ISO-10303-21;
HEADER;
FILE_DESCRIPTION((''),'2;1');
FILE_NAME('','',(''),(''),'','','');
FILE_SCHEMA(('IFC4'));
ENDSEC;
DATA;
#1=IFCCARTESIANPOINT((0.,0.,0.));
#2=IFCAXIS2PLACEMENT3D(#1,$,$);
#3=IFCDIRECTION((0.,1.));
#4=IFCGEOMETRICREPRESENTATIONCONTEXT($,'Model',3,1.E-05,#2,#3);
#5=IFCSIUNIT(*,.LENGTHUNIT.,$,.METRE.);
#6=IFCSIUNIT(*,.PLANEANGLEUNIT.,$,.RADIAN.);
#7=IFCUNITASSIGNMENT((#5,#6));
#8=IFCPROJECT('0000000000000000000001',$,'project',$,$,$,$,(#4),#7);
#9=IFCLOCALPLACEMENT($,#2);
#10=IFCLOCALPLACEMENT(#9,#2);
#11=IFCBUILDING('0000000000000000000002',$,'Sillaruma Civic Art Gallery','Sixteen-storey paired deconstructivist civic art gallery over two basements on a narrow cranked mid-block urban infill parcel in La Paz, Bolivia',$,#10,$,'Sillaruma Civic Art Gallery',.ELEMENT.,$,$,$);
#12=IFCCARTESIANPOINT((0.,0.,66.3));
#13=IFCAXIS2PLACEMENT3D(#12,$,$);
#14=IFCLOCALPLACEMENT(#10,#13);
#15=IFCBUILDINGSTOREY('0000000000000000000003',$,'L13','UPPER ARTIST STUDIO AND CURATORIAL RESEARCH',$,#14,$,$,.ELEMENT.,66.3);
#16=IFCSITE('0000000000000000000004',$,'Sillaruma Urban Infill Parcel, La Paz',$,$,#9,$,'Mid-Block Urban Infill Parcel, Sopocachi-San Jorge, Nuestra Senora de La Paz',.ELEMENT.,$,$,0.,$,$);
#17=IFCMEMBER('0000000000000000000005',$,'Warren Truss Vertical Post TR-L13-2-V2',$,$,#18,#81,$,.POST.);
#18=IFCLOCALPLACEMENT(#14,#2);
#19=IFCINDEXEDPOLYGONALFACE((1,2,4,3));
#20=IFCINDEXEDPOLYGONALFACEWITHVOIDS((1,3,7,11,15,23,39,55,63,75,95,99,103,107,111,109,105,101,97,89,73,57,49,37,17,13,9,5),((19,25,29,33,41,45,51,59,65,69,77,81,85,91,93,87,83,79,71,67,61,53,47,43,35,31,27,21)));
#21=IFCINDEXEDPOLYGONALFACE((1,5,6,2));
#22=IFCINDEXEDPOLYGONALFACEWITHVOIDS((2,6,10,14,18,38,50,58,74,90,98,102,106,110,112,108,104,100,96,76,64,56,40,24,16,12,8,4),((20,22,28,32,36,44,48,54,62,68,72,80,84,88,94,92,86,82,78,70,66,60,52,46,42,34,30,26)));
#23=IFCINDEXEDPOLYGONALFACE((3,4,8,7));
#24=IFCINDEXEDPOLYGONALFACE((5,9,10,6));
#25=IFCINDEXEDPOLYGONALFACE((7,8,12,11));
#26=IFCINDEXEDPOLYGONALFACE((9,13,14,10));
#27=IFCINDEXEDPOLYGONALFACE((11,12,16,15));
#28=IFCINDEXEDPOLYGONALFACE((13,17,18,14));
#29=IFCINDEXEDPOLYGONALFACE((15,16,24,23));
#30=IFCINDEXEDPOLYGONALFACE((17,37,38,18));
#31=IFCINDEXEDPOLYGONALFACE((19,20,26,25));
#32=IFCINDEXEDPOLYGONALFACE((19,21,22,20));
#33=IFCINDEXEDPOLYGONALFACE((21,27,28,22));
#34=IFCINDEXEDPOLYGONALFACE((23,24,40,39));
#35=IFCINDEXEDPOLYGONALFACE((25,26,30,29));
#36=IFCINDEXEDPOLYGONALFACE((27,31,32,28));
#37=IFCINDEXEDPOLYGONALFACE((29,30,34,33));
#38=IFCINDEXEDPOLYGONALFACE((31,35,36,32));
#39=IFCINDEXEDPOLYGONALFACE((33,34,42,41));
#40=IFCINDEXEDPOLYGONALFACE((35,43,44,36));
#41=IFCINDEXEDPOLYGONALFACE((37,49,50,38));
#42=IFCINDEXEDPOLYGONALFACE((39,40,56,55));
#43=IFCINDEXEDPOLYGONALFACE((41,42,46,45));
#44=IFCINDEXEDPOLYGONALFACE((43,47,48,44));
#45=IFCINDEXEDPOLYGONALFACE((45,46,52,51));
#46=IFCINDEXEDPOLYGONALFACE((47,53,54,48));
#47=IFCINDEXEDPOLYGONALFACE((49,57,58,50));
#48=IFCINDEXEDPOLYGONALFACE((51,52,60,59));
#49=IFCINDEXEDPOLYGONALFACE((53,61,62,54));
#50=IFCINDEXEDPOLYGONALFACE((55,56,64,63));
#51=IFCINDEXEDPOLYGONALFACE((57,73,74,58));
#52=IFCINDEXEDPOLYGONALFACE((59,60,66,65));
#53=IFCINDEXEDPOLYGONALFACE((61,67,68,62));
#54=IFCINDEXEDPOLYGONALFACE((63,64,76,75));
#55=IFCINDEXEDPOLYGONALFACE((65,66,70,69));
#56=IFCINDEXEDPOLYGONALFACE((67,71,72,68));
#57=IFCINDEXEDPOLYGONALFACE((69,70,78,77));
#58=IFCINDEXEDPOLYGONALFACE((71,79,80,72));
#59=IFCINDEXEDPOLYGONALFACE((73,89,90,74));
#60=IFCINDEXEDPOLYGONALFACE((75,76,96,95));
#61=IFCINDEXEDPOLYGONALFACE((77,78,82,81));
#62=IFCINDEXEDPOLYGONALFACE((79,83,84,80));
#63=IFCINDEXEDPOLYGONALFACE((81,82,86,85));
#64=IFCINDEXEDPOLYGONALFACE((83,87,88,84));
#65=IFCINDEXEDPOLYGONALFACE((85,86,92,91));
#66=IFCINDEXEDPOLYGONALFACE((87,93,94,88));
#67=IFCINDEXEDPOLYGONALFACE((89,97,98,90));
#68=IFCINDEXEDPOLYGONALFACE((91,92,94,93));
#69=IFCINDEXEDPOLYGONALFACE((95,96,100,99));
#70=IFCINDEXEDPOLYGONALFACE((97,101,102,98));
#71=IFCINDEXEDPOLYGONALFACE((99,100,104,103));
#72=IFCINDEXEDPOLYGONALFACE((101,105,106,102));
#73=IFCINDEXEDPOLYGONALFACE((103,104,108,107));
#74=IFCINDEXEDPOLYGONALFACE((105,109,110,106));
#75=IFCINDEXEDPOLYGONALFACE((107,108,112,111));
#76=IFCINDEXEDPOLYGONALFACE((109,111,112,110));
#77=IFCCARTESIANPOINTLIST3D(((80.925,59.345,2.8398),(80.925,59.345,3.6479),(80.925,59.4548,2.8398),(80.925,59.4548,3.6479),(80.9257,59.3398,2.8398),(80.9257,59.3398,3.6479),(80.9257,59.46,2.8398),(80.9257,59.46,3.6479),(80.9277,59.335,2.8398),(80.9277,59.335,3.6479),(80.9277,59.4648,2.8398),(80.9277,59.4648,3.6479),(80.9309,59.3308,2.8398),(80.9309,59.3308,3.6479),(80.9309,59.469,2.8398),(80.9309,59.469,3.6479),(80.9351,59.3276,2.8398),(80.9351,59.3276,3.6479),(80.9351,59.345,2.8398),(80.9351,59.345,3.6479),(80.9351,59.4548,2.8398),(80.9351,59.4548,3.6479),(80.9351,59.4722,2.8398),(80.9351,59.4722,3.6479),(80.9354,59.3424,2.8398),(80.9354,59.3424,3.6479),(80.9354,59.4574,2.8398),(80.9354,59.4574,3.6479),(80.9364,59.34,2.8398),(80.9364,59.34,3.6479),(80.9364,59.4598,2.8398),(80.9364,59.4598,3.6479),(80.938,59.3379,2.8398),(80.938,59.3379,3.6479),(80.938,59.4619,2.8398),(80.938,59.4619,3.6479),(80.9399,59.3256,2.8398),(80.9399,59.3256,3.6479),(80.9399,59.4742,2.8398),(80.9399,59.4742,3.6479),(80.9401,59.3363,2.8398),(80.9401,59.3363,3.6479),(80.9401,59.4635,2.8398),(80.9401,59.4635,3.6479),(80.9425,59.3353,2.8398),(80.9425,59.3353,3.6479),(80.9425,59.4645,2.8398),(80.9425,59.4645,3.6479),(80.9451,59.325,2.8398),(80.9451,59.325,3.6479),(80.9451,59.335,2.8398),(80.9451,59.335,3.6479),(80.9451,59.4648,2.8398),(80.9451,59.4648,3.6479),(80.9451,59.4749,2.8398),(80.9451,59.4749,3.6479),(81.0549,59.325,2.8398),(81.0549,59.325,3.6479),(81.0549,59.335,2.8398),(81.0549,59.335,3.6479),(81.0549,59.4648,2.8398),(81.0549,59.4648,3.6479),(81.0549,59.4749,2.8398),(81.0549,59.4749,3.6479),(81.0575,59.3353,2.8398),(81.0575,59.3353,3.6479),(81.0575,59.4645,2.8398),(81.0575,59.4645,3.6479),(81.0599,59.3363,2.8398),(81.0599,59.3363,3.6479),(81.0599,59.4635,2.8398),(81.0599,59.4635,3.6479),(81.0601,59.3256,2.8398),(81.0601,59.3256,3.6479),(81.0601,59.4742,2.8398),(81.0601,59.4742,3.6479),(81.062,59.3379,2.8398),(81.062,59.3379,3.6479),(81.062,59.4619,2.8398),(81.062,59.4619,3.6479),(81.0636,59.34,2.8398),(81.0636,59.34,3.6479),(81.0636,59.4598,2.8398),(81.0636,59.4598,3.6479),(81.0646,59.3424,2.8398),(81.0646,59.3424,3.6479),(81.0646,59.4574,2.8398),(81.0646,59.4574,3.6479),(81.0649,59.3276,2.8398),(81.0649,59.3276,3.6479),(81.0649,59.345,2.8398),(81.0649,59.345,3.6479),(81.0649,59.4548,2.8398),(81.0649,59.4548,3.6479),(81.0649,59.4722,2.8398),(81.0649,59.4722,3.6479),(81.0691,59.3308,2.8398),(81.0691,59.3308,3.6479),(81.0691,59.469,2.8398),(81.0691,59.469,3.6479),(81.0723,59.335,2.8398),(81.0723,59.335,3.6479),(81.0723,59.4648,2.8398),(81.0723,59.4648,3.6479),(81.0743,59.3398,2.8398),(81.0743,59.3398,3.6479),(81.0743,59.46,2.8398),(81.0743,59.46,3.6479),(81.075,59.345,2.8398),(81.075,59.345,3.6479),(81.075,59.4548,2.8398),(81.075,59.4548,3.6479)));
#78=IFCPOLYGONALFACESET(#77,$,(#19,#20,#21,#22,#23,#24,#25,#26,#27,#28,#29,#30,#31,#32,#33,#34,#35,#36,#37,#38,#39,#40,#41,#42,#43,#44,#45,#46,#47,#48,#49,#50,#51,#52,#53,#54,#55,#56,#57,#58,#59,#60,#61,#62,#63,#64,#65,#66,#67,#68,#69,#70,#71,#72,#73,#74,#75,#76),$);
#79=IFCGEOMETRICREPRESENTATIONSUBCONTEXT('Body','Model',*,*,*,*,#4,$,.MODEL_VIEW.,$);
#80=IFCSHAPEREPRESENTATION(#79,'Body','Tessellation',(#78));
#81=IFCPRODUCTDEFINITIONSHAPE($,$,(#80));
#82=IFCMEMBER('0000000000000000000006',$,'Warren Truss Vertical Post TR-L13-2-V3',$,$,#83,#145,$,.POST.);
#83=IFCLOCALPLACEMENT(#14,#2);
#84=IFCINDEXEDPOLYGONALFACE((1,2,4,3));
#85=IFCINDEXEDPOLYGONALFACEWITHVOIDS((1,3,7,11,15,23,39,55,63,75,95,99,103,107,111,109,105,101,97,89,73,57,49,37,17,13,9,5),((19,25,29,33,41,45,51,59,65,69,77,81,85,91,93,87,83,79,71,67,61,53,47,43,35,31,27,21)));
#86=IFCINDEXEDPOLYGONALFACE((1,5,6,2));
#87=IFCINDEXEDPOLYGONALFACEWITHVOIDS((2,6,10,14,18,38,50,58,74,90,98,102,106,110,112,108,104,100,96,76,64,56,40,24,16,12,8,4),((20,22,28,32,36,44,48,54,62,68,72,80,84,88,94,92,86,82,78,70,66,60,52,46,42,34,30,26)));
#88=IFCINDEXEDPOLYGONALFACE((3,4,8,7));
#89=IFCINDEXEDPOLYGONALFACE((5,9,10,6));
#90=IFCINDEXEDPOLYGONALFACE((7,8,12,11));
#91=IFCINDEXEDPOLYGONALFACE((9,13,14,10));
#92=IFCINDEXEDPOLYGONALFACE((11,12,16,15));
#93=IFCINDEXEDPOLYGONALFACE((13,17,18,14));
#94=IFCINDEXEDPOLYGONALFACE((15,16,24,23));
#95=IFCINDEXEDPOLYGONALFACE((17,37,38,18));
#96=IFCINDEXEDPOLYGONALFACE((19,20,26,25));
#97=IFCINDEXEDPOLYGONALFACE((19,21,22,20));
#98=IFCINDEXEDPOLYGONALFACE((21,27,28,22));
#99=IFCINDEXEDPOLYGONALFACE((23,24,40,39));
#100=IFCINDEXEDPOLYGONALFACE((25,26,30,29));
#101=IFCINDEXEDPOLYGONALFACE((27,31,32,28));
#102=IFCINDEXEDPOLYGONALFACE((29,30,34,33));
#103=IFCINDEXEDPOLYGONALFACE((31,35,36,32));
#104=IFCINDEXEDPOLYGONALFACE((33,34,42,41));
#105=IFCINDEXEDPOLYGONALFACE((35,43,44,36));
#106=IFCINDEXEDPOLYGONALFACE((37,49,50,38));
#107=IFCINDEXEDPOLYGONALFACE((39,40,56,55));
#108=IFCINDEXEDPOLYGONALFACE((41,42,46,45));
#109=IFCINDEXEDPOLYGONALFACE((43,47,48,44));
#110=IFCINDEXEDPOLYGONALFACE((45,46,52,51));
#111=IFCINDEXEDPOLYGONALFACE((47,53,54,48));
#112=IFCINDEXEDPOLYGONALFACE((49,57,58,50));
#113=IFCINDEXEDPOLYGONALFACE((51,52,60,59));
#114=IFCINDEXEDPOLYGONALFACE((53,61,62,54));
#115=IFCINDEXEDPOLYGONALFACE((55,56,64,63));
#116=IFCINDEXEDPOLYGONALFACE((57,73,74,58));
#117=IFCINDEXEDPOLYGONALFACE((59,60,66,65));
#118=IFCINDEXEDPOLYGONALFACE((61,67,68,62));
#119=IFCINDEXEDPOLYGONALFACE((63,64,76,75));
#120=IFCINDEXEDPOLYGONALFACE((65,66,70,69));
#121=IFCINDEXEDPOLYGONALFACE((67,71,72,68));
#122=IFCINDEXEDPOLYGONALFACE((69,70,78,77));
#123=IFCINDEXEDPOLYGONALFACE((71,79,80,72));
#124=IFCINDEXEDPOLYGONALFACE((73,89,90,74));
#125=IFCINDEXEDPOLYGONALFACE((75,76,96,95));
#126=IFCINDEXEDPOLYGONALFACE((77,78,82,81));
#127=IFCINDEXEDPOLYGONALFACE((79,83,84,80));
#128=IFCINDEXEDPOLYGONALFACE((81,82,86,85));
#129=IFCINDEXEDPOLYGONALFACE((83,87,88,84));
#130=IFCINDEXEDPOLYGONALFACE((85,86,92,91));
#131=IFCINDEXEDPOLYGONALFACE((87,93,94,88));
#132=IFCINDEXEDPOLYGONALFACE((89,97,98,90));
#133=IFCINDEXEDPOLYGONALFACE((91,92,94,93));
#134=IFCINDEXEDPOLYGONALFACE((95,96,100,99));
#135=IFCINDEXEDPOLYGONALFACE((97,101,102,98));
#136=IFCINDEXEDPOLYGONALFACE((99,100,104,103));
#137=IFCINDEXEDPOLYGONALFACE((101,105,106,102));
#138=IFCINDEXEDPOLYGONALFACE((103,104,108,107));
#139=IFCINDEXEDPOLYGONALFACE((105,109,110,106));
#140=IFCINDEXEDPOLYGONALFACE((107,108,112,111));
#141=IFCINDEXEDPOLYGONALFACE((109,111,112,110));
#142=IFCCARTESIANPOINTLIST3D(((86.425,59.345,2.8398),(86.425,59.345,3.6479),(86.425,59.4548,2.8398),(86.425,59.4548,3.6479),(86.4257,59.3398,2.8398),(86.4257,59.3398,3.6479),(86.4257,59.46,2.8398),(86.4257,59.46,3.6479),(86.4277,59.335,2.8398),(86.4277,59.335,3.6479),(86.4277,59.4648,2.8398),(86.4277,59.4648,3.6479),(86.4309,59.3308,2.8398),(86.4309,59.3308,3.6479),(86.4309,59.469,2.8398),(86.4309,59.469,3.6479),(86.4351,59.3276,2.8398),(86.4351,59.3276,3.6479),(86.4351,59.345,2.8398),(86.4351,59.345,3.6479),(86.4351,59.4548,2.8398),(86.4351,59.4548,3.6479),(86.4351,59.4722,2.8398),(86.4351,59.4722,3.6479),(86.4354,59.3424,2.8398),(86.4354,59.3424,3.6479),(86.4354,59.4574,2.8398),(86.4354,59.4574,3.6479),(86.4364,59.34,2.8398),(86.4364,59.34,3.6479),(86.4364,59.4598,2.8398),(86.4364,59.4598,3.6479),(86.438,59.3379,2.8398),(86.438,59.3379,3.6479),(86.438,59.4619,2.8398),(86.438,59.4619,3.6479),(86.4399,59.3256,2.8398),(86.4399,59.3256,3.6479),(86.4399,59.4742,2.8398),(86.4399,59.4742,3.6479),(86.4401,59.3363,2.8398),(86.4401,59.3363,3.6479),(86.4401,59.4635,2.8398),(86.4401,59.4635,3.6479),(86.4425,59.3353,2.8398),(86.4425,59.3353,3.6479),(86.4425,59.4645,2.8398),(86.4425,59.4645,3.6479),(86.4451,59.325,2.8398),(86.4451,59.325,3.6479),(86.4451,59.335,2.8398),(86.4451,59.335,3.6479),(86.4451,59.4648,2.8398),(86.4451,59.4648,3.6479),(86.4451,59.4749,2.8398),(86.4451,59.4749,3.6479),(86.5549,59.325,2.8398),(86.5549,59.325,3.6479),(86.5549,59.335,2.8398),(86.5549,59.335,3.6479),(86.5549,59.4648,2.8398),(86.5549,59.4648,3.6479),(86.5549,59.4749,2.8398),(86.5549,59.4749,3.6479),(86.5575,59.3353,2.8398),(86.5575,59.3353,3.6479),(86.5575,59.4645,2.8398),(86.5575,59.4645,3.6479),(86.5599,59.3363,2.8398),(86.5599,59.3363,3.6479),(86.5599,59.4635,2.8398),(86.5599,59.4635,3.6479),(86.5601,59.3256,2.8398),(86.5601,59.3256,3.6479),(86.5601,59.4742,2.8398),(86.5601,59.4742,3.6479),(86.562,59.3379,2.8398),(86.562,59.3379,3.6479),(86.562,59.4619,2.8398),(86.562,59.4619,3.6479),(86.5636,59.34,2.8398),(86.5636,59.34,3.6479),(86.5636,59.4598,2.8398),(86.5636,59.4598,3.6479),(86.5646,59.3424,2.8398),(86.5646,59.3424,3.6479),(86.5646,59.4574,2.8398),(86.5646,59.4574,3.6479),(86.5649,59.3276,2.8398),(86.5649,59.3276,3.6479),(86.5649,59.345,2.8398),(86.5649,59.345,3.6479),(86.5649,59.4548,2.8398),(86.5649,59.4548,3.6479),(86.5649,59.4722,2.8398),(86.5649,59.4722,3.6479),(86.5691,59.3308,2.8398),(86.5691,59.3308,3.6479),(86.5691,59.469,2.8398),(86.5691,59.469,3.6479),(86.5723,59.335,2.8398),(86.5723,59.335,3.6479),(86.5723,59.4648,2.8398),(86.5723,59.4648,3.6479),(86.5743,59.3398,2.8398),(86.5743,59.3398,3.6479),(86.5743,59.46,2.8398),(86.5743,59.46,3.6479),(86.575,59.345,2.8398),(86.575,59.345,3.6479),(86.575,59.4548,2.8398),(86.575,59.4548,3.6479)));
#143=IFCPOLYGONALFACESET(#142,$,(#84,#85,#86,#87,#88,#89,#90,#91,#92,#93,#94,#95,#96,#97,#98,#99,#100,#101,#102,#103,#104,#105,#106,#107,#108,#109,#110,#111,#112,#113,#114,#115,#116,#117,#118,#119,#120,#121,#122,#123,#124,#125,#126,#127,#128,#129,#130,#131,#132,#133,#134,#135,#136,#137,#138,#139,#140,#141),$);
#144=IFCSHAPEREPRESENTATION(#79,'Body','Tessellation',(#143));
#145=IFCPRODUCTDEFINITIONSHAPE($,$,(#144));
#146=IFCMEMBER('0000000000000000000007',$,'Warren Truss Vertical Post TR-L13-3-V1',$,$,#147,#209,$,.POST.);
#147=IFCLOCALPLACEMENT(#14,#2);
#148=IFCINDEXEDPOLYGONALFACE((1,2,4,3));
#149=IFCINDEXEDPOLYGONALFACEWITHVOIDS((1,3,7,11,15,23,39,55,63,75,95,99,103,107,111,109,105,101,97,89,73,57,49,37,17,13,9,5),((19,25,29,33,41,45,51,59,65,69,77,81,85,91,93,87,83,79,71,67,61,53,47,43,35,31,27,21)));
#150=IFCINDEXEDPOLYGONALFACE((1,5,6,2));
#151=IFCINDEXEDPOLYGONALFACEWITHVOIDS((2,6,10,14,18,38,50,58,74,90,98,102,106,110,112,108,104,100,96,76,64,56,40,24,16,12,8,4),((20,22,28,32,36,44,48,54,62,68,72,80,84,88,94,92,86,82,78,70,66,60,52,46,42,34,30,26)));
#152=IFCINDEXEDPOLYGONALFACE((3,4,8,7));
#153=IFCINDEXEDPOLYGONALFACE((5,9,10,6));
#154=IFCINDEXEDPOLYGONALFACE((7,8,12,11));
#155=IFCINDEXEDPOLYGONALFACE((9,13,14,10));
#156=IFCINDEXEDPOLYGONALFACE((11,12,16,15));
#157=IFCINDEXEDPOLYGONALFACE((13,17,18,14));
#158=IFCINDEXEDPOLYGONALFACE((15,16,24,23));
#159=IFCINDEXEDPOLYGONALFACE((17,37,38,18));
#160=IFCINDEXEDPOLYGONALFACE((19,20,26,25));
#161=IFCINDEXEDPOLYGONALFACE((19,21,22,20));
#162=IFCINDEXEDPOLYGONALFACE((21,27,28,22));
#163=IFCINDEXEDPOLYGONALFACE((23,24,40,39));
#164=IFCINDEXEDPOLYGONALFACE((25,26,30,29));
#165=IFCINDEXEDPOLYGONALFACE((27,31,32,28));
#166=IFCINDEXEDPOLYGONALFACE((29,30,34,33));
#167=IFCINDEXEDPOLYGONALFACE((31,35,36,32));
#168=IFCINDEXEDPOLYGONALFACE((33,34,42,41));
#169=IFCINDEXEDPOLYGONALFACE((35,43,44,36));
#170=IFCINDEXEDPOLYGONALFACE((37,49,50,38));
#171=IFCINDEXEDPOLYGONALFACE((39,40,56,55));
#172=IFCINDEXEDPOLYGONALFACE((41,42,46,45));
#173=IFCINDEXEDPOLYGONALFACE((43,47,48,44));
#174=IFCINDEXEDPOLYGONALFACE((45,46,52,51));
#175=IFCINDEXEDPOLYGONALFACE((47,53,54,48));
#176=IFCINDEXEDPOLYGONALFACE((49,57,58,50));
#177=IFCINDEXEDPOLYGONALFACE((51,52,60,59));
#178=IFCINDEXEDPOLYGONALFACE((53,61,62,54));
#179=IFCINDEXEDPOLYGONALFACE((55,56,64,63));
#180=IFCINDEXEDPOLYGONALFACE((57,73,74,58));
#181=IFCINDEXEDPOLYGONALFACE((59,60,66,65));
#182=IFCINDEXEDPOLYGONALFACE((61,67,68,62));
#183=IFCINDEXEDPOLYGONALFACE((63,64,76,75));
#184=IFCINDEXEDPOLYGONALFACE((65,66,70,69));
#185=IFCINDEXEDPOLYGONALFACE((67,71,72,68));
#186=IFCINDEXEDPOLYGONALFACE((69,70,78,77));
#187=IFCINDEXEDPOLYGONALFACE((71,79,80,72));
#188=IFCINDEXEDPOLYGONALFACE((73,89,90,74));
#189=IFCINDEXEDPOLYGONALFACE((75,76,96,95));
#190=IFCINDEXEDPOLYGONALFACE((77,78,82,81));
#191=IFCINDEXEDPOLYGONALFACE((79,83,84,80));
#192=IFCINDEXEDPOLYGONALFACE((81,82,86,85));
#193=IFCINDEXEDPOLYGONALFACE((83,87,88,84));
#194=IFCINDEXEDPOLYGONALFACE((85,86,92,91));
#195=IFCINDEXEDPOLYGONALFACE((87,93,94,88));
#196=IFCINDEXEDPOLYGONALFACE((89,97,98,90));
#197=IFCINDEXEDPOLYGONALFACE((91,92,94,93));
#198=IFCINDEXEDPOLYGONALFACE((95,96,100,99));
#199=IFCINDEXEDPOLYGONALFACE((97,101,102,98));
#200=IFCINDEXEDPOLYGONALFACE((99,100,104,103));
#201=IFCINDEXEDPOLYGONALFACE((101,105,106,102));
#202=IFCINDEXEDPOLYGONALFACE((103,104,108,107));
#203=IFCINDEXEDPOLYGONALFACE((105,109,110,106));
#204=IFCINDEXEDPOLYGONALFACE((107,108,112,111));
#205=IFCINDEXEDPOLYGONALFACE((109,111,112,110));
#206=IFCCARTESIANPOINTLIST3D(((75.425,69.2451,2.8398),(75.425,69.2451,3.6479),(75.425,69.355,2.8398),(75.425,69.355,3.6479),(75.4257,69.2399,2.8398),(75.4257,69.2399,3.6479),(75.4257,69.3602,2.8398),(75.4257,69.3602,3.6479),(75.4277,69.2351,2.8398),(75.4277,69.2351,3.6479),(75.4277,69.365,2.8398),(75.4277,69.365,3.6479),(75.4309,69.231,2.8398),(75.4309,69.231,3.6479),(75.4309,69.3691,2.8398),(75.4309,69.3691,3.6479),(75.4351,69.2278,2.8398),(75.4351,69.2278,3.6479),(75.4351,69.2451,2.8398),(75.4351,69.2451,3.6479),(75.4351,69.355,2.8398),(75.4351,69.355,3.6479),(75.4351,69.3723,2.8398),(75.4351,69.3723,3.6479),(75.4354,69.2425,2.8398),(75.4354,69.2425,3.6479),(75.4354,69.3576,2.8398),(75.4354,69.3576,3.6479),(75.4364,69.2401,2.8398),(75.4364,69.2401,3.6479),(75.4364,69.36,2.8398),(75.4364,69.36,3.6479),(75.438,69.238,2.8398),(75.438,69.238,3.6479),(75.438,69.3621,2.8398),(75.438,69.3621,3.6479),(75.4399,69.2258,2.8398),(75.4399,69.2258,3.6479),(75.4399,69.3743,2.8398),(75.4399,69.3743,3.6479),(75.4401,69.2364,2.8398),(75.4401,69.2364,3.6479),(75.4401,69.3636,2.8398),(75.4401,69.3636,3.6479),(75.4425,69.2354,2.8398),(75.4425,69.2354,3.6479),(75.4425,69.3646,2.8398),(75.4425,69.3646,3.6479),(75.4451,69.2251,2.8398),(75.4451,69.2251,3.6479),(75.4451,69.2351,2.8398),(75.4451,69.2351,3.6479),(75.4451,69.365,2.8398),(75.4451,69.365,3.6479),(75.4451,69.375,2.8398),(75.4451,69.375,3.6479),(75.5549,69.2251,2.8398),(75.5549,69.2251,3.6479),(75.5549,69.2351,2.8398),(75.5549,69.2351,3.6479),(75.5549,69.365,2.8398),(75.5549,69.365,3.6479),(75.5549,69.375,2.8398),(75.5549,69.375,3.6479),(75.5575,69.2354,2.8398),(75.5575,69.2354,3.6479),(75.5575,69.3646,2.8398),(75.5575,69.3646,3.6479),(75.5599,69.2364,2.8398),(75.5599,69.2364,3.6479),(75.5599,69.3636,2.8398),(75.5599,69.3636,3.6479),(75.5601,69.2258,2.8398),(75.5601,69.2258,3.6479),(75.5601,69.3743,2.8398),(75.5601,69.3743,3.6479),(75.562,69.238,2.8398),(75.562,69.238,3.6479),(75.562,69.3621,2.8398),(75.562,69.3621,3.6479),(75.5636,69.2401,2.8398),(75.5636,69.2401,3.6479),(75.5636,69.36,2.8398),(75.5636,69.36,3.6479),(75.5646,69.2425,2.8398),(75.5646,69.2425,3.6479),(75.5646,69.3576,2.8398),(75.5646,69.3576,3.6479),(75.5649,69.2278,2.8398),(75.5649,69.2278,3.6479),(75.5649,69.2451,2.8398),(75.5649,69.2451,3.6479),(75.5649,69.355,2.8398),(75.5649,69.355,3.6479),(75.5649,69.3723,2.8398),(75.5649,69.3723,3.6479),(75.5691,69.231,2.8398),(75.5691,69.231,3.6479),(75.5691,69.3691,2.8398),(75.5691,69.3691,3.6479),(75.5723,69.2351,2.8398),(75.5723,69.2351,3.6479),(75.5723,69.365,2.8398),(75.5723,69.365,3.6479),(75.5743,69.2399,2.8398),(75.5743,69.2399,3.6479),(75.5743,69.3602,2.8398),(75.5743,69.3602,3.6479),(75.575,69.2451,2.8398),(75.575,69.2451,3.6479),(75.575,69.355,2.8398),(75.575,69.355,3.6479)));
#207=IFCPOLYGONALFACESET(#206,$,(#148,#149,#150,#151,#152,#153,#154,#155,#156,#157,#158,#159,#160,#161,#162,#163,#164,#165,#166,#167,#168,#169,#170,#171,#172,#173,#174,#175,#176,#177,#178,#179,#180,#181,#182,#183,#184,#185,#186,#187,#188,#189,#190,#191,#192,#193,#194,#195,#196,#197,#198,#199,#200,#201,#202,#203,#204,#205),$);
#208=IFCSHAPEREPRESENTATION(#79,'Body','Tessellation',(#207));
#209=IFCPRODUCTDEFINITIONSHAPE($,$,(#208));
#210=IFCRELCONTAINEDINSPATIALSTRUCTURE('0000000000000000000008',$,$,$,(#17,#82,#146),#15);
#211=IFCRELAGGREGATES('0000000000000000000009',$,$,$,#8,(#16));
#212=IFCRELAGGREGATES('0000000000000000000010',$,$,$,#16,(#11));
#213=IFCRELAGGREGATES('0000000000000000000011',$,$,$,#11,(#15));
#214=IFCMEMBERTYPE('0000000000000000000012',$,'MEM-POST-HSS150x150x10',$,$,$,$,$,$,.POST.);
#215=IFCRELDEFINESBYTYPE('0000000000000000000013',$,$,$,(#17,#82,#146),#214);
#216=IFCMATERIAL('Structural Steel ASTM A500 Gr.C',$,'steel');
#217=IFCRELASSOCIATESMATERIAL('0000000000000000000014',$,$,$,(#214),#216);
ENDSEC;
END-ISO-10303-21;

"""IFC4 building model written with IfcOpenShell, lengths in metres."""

from ifc_helpers import new_model, si_unit, direction, frame, origin, origin_2d, place, context, subcontext, project, spatial, hollow_rectangle, extrude, material, material_profile, profile_set, type_object, element, save


model = new_model("IFC4")

# Units and contexts
model_context = context("Model", 3, precision=1e-05, world=origin(), true_north=direction((0.0, 1.0)))
body_context = subcontext(model_context, "Body", "Model", "MODEL_VIEW")
ifc_project = project(units=[si_unit("LENGTHUNIT", "METRE"), si_unit("PLANEANGLEUNIT", "RADIAN")], contexts=[model_context])

# Site, building, storey
site_placement = place(None, origin())
site = spatial("IfcSite", under=ifc_project, at=site_placement, Name="Sillaruma Urban Infill Parcel, La Paz", LongName="Mid-Block Urban Infill Parcel, Sopocachi-San Jorge, Nuestra Senora de La Paz", CompositionType="ELEMENT", RefElevation=0.0)
building_placement = place(site_placement, origin())
building = spatial("IfcBuilding", under=site, at=building_placement, Name="Sillaruma Civic Art Gallery", Description="Sixteen-storey paired deconstructivist civic art gallery over two basements on a narrow cranked mid-block urban infill parcel in La Paz, Bolivia", LongName="Sillaruma Civic Art Gallery", CompositionType="ELEMENT")
storey_placement = place(building_placement, frame((0.0, 0.0, 66.3)))
storey = spatial("IfcBuildingStorey", under=building, at=storey_placement, Name="L13", Description="UPPER ARTIST STUDIO AND CURATORIAL RESEARCH", CompositionType="ELEMENT", Elevation=66.3)

# Shared definitions
ifc_material_1 = material(Name="Structural Steel ASTM A500 Gr.C", Category="steel")

# Members
ifc_material_profile_1 = material_profile(ifc_material_1, hollow_rectangle(XDim=0.1499, YDim=0.1499, WallThickness=0.01, InnerFilletRadius=0.01, OuterFilletRadius=0.02, at=origin_2d()), Name="HSS150x150x10")
ifc_profile_set_1 = profile_set([ifc_material_profile_1], Name="Structural Steel ASTM A500 Gr.C")
member_type_1 = type_object("IfcMemberType", Name="MEM-POST-HSS150x150x10", PredefinedType="POST", material=ifc_profile_set_1)
for number, where, z_axis, x_axis, name in (
    (1, (81.0, 59.3999, 2.8398), (0.0, 0.0, 1.0), (1.0, 0.0, 0.0), "Warren Truss Vertical Post TR-L13-2-V2"),
    (2, (86.5, 59.3999, 2.8398), (0.0, 0.0, 1.0), (1.0, 0.0, 0.0), "Warren Truss Vertical Post TR-L13-2-V3"),
    (3, (75.5, 69.3, 2.8398), (0.0, 0.0, 1.0), (1.0, 0.0, 0.0), "Warren Truss Vertical Post TR-L13-3-V1"),
):
    element("IfcMember", number, at=place(storey_placement, frame(where, z_axis=z_axis, x_axis=x_axis)), inside=storey, type_object=member_type_1, Name=name, PredefinedType="POST", context=body_context, shape_type="SweptSolid", body=[
        extrude(hollow_rectangle(XDim=0.1499, YDim=0.1499, WallThickness=0.01, InnerFilletRadius=0.01, OuterFilletRadius=0.02, at=origin_2d()), origin(), (0.0, 0.0, 1.0), 0.8081),
    ])

save(model, "model.ifc")
